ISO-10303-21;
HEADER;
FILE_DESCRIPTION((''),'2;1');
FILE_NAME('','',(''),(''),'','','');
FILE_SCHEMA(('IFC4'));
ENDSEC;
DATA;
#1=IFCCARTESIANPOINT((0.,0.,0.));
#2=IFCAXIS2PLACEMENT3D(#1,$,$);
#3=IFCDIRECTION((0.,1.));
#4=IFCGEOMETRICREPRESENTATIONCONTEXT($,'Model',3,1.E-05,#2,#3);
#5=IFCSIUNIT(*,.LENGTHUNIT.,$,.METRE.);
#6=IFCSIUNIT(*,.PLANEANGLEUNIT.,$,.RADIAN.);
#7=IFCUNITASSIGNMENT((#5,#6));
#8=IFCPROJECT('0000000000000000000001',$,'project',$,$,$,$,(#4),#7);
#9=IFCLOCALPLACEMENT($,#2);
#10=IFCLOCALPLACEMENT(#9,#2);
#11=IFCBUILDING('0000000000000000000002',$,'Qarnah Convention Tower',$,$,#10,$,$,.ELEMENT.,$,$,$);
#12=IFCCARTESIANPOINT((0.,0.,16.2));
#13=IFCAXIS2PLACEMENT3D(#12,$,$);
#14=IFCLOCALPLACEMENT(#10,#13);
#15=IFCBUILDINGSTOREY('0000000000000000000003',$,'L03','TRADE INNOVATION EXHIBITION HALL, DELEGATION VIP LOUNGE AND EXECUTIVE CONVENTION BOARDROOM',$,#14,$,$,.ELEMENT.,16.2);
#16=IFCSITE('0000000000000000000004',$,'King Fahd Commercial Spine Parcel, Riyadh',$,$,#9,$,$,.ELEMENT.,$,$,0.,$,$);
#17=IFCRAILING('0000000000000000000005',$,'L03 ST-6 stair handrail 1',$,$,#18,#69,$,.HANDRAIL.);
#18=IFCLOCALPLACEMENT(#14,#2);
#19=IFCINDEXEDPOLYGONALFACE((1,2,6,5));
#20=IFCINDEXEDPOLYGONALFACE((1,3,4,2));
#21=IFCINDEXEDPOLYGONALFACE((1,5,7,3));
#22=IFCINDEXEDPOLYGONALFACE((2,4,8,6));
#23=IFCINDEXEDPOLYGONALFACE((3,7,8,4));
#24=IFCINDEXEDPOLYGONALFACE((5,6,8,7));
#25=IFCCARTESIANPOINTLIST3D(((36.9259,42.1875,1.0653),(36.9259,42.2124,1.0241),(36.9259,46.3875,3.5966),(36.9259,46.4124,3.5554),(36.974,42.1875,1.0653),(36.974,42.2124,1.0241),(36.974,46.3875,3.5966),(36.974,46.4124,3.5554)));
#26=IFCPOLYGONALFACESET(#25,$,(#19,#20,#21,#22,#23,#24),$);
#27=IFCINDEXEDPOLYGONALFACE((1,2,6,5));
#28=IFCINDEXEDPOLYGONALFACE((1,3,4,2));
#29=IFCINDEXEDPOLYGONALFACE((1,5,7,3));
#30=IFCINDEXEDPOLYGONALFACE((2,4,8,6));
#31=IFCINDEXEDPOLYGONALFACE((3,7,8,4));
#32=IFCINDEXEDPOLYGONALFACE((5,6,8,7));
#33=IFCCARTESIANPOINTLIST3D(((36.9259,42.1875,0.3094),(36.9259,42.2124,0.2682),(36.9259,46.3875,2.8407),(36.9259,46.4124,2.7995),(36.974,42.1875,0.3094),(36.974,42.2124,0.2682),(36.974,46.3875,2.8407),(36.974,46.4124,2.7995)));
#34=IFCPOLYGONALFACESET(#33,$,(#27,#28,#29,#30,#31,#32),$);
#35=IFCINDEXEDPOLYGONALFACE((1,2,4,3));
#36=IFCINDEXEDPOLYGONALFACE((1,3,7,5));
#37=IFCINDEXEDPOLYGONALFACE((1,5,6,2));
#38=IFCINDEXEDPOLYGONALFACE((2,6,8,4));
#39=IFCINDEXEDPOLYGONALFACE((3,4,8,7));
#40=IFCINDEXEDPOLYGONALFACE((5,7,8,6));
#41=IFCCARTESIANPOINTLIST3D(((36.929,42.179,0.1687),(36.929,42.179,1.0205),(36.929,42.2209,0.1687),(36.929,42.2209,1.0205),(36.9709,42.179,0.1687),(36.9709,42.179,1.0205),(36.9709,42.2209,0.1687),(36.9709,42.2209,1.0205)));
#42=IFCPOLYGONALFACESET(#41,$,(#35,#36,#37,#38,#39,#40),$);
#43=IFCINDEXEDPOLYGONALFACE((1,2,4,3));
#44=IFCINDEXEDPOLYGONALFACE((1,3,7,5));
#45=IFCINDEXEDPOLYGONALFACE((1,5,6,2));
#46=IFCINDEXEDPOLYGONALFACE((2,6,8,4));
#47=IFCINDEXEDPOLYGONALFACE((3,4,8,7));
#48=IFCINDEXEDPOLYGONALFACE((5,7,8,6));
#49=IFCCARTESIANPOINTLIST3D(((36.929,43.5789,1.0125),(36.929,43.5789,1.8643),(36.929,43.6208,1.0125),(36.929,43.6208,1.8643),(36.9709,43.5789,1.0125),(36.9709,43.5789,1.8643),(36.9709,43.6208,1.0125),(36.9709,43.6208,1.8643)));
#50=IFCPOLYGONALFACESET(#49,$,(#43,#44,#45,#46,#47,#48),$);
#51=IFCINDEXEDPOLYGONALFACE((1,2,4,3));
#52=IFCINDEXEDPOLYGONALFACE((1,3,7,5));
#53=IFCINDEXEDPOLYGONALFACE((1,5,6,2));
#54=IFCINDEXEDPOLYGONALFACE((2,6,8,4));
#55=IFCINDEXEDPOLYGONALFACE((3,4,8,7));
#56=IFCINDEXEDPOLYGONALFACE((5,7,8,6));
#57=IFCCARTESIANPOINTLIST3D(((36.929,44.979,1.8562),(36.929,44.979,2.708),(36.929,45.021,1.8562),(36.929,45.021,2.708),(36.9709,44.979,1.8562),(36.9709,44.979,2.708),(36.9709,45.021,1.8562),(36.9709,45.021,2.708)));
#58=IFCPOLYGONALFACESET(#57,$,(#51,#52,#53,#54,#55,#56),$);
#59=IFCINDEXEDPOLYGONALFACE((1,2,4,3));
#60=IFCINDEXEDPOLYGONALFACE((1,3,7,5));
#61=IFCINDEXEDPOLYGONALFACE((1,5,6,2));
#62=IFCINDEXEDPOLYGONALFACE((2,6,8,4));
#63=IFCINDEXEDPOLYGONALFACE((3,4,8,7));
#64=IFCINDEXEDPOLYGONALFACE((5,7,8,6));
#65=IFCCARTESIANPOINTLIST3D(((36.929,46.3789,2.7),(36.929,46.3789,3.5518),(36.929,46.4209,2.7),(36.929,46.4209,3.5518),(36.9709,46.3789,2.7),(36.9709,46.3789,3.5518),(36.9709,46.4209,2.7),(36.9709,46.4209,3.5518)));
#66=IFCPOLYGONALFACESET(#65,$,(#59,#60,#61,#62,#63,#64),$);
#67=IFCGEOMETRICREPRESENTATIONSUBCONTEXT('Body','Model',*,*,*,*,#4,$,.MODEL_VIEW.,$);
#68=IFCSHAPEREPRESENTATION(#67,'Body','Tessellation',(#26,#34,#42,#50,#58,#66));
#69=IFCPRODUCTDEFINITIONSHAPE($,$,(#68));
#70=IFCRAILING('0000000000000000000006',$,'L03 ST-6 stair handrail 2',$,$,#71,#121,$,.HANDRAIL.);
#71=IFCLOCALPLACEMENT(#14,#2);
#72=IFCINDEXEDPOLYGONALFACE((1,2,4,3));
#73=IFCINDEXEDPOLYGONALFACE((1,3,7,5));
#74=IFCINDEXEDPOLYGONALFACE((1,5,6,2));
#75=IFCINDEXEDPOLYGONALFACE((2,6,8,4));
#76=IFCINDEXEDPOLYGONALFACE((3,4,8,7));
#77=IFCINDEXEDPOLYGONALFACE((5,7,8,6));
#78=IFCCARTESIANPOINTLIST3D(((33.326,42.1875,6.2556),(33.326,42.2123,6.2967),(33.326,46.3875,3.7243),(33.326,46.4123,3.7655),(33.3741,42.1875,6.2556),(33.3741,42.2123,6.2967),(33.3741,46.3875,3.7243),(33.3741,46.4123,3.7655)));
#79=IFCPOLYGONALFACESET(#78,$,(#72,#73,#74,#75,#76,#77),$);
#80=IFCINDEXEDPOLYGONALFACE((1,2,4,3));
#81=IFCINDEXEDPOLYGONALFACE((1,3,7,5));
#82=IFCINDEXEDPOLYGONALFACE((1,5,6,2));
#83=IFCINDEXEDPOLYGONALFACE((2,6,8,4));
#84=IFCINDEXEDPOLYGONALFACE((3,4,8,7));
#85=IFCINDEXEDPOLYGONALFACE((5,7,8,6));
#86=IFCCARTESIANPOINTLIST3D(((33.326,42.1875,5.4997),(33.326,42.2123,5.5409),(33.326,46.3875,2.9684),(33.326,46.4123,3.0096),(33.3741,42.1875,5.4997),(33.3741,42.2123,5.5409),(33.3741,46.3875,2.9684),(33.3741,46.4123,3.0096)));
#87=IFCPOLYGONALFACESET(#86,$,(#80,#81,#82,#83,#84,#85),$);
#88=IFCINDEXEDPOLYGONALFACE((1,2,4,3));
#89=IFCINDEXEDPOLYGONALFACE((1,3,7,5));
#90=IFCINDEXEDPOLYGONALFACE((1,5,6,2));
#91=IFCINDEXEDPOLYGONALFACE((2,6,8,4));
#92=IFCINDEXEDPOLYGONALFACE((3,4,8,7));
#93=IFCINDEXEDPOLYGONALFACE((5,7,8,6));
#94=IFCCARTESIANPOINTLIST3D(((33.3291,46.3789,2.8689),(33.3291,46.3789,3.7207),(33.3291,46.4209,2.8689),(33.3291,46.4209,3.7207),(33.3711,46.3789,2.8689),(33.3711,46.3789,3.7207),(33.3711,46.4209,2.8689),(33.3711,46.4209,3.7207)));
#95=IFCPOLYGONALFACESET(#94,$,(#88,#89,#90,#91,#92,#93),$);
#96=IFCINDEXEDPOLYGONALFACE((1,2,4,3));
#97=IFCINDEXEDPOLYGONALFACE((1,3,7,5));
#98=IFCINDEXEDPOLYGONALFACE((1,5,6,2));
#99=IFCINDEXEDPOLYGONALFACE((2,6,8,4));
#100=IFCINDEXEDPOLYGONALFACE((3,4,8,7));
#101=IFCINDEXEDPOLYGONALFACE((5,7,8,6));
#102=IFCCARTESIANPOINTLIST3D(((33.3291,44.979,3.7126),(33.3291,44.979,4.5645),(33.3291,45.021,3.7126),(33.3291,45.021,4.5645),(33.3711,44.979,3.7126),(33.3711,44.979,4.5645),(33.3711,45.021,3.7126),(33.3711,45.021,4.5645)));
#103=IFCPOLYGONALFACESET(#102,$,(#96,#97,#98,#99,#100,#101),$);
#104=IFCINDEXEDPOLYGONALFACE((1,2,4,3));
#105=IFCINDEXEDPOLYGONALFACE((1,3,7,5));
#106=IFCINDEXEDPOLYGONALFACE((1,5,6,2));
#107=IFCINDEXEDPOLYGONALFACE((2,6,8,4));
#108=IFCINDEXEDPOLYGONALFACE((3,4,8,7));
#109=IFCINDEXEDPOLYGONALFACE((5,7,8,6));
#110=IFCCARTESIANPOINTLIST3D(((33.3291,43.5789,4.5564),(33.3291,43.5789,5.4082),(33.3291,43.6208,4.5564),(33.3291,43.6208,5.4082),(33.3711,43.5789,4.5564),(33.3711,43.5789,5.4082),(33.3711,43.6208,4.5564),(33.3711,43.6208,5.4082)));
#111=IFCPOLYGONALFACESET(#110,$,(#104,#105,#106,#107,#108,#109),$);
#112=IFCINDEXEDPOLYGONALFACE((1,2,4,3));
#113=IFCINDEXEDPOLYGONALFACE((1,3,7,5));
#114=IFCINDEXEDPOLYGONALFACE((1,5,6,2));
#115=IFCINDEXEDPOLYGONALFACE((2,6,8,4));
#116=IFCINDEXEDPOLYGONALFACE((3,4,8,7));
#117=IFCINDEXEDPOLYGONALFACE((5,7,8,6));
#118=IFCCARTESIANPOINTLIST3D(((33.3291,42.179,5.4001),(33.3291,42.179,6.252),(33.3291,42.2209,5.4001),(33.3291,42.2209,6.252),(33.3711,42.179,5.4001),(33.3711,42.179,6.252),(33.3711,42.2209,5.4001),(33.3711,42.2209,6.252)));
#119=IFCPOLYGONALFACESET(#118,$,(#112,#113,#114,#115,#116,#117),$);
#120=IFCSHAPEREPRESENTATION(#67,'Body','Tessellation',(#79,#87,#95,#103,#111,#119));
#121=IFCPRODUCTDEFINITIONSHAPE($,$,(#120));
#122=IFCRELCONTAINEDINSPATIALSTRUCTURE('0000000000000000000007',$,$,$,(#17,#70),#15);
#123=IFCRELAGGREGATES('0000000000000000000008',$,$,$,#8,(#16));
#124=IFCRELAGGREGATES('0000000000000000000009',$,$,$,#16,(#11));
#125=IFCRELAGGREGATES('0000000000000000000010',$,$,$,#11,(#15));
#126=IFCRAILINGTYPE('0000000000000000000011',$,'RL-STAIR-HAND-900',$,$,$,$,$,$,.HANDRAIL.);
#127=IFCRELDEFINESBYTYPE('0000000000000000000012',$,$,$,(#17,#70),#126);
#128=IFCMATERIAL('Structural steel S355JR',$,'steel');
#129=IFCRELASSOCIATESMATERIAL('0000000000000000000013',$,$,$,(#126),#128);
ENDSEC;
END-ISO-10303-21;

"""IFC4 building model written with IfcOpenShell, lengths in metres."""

from ifc_helpers import new_model, si_unit, direction, frame, origin, origin_2d, place, context, subcontext, project, spatial, rectangle, extrude, material, type_object, element, save


model = new_model("IFC4")

# Units and contexts
model_context = context("Model", 3, precision=1e-05, world=origin(), true_north=direction((0.0, 1.0)))
body_context = subcontext(model_context, "Body", "Model", "MODEL_VIEW")
ifc_project = project(units=[si_unit("LENGTHUNIT", "METRE"), si_unit("PLANEANGLEUNIT", "RADIAN")], contexts=[model_context])

# Site, building, storey
site_placement = place(None, origin())
site = spatial("IfcSite", under=ifc_project, at=site_placement, Name="King Fahd Commercial Spine Parcel, Riyadh", CompositionType="ELEMENT", RefElevation=0.0)
building_placement = place(site_placement, origin())
building = spatial("IfcBuilding", under=site, at=building_placement, Name="Qarnah Convention Tower", CompositionType="ELEMENT")
storey_placement = place(building_placement, frame((0.0, 0.0, 16.2)))
storey = spatial("IfcBuildingStorey", under=building, at=storey_placement, Name="L03", Description="TRADE INNOVATION EXHIBITION HALL, DELEGATION VIP LOUNGE AND EXECUTIVE CONVENTION BOARDROOM", CompositionType="ELEMENT", Elevation=16.2)

# Shared definitions
ifc_material_1 = material(Name="Structural steel S355JR", Category="steel")

# Railings
railing_type_1 = type_object("IfcRailingType", Name="RL-STAIR-HAND-900", PredefinedType="HANDRAIL", material=ifc_material_1)
railing_1_placement = place(storey_placement, frame((36.95, 42.2, 0.1687)))
element("IfcRailing", 1, at=railing_1_placement, inside=storey, type_object=railing_type_1, Name="L03 ST-6 stair handrail 1", PredefinedType="HANDRAIL", context=body_context, shape_type="SweptSolid", body=[
    extrude(rectangle(XDim=0.0481, YDim=0.0481, at=origin_2d()), frame((0.0, 0.0, 0.876), z_axis=(0.0, 0.856476, 0.516186), x_axis=(-1.0, 0.0, 0.0)), (0.0, 0.0, 1.0), 4.9038),
    extrude(rectangle(XDim=0.0481, YDim=0.0481, at=origin_2d()), frame((0.0, 0.0, 0.1201), z_axis=(0.0, 0.856476, 0.516186), x_axis=(-1.0, 0.0, 0.0)), (0.0, 0.0, 1.0), 4.9038),
    extrude(rectangle(XDim=0.042, YDim=0.042, at=origin_2d()), origin(), (0.0, 0.0, 1.0), 0.8518),
    extrude(rectangle(XDim=0.042, YDim=0.042, at=origin_2d()), frame((0.0, 1.3999, 0.8438)), (0.0, 0.0, 1.0), 0.8518),
    extrude(rectangle(XDim=0.042, YDim=0.042, at=origin_2d()), frame((0.0, 2.8, 1.6875)), (0.0, 0.0, 1.0), 0.8518),
    extrude(rectangle(XDim=0.042, YDim=0.042, at=origin_2d()), frame((0.0, 4.2, 2.5312)), (0.0, 0.0, 1.0), 0.8518),
])
railing_2_placement = place(storey_placement, frame((33.3501, 46.3999, 2.8689)))
element("IfcRailing", 2, at=railing_2_placement, inside=storey, type_object=railing_type_1, Name="L03 ST-6 stair handrail 2", PredefinedType="HANDRAIL", context=body_context, shape_type="SweptSolid", body=[
    extrude(rectangle(XDim=0.0481, YDim=0.0481, at=origin_2d()), frame((0.0, 0.0, 0.876), z_axis=(0.0, -0.856476, 0.516186), x_axis=(1.0, 0.0, 0.0)), (0.0, 0.0, 1.0), 4.9038),
    extrude(rectangle(XDim=0.0481, YDim=0.0481, at=origin_2d()), frame((0.0, 0.0, 0.1201), z_axis=(0.0, -0.856476, 0.516186), x_axis=(1.0, 0.0, 0.0)), (0.0, 0.0, 1.0), 4.9038),
    extrude(rectangle(XDim=0.042, YDim=0.042, at=origin_2d()), origin(), (0.0, 0.0, 1.0), 0.8518),
    extrude(rectangle(XDim=0.042, YDim=0.042, at=origin_2d()), frame((0.0, -1.3999, 0.8438)), (0.0, 0.0, 1.0), 0.8518),
    extrude(rectangle(XDim=0.042, YDim=0.042, at=origin_2d()), frame((0.0, -2.8, 1.6875)), (0.0, 0.0, 1.0), 0.8518),
    extrude(rectangle(XDim=0.042, YDim=0.042, at=origin_2d()), frame((0.0, -4.2, 2.5312)), (0.0, 0.0, 1.0), 0.8518),
])

save(model, "model.ifc")
